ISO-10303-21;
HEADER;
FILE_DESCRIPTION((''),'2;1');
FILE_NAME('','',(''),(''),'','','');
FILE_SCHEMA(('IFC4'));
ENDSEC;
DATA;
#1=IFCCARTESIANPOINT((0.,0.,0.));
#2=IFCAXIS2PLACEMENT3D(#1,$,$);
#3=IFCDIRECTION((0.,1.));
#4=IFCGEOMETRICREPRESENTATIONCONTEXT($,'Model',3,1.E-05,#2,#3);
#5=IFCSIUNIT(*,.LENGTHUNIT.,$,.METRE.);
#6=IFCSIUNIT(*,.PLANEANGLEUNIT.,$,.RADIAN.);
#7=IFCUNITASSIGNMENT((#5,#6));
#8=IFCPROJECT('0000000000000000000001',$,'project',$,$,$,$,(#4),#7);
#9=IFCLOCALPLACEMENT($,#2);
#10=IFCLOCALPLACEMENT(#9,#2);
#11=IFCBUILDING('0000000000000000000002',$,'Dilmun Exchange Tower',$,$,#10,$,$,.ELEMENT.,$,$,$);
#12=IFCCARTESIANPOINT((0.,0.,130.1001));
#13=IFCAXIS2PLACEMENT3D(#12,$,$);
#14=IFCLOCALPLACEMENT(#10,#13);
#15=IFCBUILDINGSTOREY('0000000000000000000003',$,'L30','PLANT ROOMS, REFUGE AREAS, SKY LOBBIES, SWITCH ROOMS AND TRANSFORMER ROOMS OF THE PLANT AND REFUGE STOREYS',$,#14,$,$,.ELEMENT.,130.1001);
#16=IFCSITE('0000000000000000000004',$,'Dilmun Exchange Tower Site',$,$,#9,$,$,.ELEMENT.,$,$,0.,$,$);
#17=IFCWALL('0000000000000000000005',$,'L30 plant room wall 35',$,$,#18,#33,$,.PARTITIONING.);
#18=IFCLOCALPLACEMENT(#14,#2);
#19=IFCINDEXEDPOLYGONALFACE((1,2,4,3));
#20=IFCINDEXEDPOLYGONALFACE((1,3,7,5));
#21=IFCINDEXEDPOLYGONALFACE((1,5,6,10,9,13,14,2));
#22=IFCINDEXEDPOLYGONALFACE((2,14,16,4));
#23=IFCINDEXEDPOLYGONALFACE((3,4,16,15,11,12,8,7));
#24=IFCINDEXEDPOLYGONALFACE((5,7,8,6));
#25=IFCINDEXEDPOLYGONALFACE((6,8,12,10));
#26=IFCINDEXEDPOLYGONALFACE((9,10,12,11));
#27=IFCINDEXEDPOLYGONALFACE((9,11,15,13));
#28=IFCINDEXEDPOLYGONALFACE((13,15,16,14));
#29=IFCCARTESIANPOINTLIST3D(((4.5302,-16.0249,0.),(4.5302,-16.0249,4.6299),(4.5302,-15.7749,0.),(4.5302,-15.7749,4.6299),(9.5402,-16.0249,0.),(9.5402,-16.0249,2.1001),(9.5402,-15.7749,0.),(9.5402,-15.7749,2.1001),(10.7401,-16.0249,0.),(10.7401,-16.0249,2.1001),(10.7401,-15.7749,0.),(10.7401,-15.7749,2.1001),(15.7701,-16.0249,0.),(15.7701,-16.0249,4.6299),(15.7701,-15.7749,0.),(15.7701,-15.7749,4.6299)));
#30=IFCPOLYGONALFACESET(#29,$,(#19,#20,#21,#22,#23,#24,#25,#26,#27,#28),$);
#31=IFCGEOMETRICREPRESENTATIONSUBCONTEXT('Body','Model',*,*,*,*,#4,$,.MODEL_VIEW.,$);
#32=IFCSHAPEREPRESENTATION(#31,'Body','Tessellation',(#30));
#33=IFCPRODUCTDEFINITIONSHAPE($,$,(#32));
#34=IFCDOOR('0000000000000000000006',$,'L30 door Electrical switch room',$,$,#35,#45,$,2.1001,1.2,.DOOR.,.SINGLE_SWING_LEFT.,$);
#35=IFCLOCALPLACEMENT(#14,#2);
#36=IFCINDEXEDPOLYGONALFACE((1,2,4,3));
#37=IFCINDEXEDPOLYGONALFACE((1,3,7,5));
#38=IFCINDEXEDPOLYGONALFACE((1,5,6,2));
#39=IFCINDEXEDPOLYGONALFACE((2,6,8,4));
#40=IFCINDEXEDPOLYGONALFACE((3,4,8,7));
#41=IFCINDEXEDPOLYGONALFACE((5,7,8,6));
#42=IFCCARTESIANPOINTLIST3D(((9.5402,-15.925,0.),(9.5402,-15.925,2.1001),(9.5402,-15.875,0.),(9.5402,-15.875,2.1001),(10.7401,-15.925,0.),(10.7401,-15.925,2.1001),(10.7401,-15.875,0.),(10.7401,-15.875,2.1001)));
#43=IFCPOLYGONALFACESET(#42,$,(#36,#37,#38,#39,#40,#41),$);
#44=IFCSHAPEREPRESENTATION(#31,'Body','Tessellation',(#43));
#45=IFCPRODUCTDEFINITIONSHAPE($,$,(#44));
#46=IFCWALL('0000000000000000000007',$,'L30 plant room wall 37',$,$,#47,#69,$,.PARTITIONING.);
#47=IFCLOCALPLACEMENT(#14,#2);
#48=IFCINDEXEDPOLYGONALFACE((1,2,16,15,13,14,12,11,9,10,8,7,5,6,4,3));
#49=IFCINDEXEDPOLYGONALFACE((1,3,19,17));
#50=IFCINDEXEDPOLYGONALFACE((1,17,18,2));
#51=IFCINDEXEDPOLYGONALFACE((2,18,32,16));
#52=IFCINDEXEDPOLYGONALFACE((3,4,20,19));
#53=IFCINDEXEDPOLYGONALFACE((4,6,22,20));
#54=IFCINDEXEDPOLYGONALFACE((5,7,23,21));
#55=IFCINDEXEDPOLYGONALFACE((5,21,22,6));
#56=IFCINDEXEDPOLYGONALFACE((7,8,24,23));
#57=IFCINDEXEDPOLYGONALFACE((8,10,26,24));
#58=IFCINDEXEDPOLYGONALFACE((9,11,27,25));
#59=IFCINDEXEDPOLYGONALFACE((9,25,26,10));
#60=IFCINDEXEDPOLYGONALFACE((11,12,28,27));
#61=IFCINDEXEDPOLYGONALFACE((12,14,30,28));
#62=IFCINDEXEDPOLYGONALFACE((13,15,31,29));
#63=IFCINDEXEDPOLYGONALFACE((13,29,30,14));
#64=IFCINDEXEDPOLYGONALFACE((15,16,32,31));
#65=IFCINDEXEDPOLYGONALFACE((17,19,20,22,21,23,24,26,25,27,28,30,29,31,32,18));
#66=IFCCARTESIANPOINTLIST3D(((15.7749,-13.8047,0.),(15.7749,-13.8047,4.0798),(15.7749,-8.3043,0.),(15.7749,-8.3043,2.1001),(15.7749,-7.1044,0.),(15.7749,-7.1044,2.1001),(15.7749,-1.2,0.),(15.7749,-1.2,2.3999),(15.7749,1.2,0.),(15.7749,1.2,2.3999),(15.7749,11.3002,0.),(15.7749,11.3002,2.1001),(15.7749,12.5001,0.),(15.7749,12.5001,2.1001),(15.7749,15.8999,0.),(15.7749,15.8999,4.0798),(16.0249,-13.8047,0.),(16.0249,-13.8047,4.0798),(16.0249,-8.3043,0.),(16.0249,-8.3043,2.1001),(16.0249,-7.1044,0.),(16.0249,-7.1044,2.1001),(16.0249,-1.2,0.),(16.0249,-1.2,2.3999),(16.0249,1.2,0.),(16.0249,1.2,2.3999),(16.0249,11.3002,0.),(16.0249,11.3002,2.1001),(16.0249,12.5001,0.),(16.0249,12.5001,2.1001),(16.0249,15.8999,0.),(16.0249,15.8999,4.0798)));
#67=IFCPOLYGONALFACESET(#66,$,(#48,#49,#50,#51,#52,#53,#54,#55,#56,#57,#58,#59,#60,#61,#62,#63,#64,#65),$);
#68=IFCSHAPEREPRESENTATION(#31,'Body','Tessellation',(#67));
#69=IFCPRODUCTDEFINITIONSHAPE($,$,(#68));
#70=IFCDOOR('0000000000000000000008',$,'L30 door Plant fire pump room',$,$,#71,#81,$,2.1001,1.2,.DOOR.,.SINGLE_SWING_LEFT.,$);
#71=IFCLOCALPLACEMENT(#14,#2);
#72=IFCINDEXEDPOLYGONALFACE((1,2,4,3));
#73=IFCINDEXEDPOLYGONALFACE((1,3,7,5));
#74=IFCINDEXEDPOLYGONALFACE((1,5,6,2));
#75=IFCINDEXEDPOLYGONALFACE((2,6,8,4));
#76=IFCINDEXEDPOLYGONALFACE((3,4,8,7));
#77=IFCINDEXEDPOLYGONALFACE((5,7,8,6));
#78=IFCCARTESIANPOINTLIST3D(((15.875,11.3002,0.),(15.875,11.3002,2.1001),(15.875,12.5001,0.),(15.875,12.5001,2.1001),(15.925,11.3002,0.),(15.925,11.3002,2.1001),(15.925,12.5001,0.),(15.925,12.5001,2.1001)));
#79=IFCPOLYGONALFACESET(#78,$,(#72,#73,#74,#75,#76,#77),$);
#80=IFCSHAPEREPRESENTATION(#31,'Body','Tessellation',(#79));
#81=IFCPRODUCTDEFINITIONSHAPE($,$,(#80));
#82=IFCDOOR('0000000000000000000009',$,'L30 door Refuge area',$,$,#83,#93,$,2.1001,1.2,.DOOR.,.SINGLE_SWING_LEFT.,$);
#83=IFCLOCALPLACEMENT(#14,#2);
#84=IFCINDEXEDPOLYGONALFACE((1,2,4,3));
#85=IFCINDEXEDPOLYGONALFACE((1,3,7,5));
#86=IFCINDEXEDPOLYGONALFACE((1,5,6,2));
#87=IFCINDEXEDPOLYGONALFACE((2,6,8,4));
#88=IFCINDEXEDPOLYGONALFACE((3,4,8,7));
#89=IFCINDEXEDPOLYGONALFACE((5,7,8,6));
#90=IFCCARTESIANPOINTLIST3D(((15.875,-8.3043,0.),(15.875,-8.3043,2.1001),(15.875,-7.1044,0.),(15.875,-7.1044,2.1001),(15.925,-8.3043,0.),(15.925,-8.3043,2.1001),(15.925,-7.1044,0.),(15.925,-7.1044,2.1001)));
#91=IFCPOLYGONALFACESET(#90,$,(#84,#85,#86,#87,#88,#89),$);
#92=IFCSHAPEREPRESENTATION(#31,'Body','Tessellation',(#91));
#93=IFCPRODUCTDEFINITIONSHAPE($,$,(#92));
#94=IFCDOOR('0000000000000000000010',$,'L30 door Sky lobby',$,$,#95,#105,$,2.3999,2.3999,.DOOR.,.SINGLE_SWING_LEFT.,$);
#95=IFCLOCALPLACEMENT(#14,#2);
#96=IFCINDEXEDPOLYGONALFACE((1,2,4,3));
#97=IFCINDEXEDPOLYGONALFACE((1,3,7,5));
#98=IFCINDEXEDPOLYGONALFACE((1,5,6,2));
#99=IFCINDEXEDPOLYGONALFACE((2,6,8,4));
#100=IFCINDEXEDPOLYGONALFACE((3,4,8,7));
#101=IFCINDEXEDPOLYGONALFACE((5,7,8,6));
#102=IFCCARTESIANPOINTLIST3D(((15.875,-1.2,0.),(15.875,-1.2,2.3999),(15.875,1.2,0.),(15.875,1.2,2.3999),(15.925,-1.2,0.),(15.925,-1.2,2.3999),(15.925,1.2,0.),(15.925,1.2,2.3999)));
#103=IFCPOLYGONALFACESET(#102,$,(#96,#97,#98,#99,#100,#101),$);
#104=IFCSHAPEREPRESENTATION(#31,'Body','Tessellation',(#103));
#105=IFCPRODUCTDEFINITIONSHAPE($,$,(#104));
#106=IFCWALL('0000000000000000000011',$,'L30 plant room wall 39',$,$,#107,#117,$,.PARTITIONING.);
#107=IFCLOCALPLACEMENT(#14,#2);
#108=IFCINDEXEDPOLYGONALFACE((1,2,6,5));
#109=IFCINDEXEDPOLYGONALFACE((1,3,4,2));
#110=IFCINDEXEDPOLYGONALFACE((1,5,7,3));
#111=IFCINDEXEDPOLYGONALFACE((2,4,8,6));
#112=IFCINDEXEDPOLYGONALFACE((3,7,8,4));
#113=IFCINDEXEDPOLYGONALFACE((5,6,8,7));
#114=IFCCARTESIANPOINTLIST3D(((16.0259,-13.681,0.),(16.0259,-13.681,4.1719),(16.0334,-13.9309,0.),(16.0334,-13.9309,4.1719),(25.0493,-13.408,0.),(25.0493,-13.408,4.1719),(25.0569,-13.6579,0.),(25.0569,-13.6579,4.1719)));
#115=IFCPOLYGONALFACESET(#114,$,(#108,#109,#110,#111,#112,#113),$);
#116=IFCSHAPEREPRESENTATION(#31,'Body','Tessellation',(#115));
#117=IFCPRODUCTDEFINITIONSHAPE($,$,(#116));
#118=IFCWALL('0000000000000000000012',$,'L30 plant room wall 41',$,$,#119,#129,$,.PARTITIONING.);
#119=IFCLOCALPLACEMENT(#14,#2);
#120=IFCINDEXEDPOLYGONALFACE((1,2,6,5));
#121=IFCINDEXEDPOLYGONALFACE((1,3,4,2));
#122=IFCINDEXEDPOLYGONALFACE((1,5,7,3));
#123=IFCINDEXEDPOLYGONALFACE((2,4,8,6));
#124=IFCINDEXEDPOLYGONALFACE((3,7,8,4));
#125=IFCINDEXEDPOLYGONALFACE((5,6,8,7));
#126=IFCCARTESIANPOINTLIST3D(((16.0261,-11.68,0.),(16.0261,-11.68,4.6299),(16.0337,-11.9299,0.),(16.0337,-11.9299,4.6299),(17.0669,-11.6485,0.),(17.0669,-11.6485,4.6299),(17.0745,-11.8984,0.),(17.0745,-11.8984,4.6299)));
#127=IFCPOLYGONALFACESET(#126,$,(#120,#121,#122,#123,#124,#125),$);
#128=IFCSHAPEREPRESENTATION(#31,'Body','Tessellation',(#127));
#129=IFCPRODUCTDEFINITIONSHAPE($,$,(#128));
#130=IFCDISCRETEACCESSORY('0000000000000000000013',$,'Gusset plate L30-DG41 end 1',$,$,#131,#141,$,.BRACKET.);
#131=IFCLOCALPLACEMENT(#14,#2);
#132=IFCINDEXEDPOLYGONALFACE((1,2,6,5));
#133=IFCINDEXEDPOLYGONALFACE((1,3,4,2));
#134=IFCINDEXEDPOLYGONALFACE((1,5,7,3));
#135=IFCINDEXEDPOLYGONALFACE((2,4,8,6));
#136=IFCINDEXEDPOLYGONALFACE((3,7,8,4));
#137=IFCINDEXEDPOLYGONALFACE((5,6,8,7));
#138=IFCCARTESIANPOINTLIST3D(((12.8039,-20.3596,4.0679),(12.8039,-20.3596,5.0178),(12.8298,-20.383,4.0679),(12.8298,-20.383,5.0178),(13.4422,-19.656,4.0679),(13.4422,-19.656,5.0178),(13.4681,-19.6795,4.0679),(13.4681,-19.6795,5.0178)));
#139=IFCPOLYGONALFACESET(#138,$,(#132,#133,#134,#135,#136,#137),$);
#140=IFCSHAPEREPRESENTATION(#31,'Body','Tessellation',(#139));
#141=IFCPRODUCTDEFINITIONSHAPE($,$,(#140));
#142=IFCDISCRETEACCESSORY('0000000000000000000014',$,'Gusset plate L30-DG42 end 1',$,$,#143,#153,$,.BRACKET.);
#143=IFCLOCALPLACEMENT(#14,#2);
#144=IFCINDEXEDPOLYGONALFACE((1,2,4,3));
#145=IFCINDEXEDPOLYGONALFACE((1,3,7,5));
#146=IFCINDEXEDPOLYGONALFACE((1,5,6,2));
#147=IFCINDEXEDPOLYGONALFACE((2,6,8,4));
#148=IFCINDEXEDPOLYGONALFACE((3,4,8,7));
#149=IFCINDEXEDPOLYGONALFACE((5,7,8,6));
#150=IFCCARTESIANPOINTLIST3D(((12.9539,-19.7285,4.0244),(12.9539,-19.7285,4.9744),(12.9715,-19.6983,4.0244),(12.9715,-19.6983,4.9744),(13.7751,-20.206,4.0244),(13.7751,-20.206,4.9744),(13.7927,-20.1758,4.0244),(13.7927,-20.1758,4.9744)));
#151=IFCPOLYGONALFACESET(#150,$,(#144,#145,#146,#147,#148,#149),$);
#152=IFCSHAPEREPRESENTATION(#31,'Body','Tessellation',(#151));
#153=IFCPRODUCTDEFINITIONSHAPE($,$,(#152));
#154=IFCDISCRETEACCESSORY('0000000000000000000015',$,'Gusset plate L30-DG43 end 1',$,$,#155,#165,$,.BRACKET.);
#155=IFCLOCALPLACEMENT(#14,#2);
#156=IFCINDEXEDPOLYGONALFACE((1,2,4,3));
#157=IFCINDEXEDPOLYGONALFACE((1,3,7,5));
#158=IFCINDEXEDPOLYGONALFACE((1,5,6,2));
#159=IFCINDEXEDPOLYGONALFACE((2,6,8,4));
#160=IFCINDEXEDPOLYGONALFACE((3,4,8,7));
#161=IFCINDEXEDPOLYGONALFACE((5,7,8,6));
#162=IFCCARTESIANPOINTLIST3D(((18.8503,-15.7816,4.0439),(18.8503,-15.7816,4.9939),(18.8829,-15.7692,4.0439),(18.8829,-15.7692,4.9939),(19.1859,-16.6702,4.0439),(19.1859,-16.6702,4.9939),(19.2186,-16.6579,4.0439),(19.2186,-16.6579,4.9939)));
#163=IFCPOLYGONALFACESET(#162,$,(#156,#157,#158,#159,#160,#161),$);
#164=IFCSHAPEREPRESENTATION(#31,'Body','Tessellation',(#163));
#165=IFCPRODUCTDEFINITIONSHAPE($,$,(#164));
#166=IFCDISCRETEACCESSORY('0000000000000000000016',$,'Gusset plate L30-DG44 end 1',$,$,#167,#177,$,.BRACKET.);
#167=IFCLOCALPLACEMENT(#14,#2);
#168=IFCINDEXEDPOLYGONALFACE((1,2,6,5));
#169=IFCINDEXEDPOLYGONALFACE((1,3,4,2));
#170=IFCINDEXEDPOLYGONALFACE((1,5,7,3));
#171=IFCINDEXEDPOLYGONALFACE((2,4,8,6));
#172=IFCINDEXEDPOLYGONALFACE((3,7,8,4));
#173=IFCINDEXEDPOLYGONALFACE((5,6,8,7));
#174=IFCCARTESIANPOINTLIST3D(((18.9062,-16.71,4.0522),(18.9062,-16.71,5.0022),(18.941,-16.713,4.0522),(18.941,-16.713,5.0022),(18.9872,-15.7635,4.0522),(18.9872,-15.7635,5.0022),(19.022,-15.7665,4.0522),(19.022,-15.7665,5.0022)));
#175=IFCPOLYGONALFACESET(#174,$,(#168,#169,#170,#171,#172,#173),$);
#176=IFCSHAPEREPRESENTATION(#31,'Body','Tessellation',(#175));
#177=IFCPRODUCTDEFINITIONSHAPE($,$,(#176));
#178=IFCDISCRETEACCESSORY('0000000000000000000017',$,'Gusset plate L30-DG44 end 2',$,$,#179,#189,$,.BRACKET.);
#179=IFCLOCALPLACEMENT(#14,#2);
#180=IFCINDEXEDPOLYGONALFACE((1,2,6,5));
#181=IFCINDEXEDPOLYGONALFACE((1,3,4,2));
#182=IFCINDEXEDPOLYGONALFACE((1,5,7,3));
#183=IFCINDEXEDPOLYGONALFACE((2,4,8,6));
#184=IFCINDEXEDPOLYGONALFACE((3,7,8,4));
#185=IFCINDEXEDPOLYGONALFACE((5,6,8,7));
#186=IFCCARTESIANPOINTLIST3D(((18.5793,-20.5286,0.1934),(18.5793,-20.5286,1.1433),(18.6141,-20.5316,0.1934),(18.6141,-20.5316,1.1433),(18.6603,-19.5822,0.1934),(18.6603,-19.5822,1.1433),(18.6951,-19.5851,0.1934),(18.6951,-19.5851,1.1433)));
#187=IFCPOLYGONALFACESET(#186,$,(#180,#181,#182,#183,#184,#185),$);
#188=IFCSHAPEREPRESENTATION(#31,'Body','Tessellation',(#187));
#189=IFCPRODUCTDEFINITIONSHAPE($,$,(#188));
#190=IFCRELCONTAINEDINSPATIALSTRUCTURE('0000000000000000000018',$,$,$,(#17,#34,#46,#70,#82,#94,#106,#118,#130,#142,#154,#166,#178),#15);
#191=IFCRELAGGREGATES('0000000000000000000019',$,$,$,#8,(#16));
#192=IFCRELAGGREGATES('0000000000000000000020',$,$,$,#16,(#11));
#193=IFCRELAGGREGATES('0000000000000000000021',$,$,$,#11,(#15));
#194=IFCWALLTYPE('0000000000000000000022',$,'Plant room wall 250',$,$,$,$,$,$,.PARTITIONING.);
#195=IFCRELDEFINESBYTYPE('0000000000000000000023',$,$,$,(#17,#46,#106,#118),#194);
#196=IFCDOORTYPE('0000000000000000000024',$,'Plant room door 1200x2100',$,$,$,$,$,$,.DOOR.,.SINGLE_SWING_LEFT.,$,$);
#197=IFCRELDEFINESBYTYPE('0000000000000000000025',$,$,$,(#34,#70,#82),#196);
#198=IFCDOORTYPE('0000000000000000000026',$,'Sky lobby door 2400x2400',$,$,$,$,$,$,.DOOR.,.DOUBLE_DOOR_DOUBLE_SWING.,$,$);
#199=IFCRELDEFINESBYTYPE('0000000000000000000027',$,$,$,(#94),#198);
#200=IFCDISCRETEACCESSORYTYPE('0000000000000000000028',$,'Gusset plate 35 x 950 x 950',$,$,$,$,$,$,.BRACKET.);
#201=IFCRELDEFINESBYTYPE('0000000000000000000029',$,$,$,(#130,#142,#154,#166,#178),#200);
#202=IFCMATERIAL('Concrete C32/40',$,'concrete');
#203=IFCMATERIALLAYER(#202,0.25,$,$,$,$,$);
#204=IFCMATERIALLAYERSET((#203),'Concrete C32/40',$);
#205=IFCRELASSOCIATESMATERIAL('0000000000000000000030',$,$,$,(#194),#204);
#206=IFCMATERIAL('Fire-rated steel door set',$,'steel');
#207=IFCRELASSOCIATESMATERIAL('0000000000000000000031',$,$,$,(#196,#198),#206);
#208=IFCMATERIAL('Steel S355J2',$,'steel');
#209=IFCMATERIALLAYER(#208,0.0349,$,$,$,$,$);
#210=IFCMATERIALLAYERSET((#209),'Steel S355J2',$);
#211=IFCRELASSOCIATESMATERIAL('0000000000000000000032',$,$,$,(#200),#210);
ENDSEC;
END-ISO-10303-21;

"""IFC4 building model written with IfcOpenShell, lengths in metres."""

from ifc_helpers import new_model, si_unit, direction, frame, frame_2d, origin, origin_2d, place, context, subcontext, project, spatial, rectangle, extrude, material, layer, layer_set, type_object, element, fill, save


model = new_model("IFC4")

# Units and contexts
model_context = context("Model", 3, precision=1e-05, world=origin(), true_north=direction((0.0, 1.0)))
body_context = subcontext(model_context, "Body", "Model", "MODEL_VIEW")
ifc_project = project(units=[si_unit("LENGTHUNIT", "METRE"), si_unit("PLANEANGLEUNIT", "RADIAN")], contexts=[model_context])

# Site, building, storey
site_placement = place(None, origin())
site = spatial("IfcSite", under=ifc_project, at=site_placement, Name="Dilmun Exchange Tower Site", CompositionType="ELEMENT", RefElevation=0.0)
building_placement = place(site_placement, origin())
building = spatial("IfcBuilding", under=site, at=building_placement, Name="Dilmun Exchange Tower", CompositionType="ELEMENT")
storey_placement = place(building_placement, frame((0.0, 0.0, 130.1001)))
storey = spatial("IfcBuildingStorey", under=building, at=storey_placement, Name="L30", Description="PLANT ROOMS, REFUGE AREAS, SKY LOBBIES, SWITCH ROOMS AND TRANSFORMER ROOMS OF THE PLANT AND REFUGE STOREYS", CompositionType="ELEMENT", Elevation=130.1001)

# Shared definitions
ifc_material_1 = material(Name="Concrete C32/40", Category="concrete")
ifc_layer_1 = layer(ifc_material_1, 0.25)
ifc_layer_set_1 = layer_set([ifc_layer_1], Name="Concrete C32/40")
wall_type = type_object("IfcWallType", Name="Plant room wall 250", PredefinedType="PARTITIONING", material=ifc_layer_set_1)
ifc_material_2 = material(Name="Fire-rated steel door set", Category="steel")

# Wall, opening, door
wall_1_placement = place(storey_placement, frame((4.53, -15.8999, 0.0), z_axis=(0.0, 0.0, 1.0), x_axis=(1.0, 0.0, 0.0)))
wall_1 = element("IfcWall", 1, at=wall_1_placement, inside=storey, type_object=wall_type, Name="L30 plant room wall 35", PredefinedType="PARTITIONING", context=body_context, shape_type="SweptSolid", body=[
    extrude(rectangle(XDim=11.24, YDim=0.25, at=frame_2d((5.6201, 0.0))), origin(), (0.0, 0.0, 1.0), 4.6299),
])
opening_1_placement = place(wall_1_placement, frame((5.01, 0.0, 0.0)))
opening_1 = element("IfcOpeningElement", 2, at=opening_1_placement, cuts=wall_1, PredefinedType="OPENING", context=body_context, shape_type="SweptSolid", body=[
    extrude(rectangle(XDim=1.2, YDim=2.1001, at=frame_2d((0.6001, 1.05))), frame((0.0, 0.135, 0.0), z_axis=(0.0, -1.0, 0.0), x_axis=(1.0, 0.0, 0.0)), (0.0, 0.0, 1.0), 0.27),
])
door_type_1 = type_object("IfcDoorType", Name="Plant room door 1200x2100", OperationType="SINGLE_SWING_LEFT", PredefinedType="DOOR", material=ifc_material_2)
door_1_placement = place(opening_1_placement, origin())
door_1 = element("IfcDoor", 3, at=door_1_placement, inside=storey, type_object=door_type_1, Name="L30 door Electrical switch room", OperationType="SINGLE_SWING_LEFT", OverallHeight=2.1001, OverallWidth=1.2, PredefinedType="DOOR", context=body_context, shape_type="SweptSolid", body=[
    extrude(rectangle(XDim=1.2, YDim=2.1001, at=frame_2d((0.6001, 1.05))), frame((0.0, 0.0249, 0.0), z_axis=(0.0, -1.0, 0.0), x_axis=(1.0, 0.0, 0.0)), (0.0, 0.0, 1.0), 0.05),
])
fill(opening_1, door_1)

# Wall, openings, doors
wall_2_placement = place(storey_placement, frame((15.8999, -13.8047, 0.0), z_axis=(0.0, 0.0, 1.0), x_axis=(0.0, 1.0, 0.0)))
wall_2 = element("IfcWall", 4, at=wall_2_placement, inside=storey, type_object=wall_type, Name="L30 plant room wall 37", PredefinedType="PARTITIONING", context=body_context, shape_type="SweptSolid", body=[
    extrude(rectangle(XDim=29.7046, YDim=0.25, at=frame_2d((14.8523, 0.0))), origin(), (0.0, 0.0, 1.0), 4.0798),
])
opening_2_placement = place(wall_2_placement, frame((25.1047, 0.0, 0.0)))
opening_2 = element("IfcOpeningElement", 5, at=opening_2_placement, cuts=wall_2, PredefinedType="OPENING", context=body_context, shape_type="SweptSolid", body=[
    extrude(rectangle(XDim=1.2, YDim=2.1001, at=frame_2d((0.6001, 1.05))), frame((0.0, 0.135, 0.0), z_axis=(0.0, -1.0, 0.0), x_axis=(1.0, 0.0, 0.0)), (0.0, 0.0, 1.0), 0.27),
])
opening_3_placement = place(wall_2_placement, frame((12.6047, 0.0, 0.0)))
opening_3 = element("IfcOpeningElement", 6, at=opening_3_placement, cuts=wall_2, PredefinedType="OPENING", context=body_context, shape_type="SweptSolid", body=[
    extrude(rectangle(XDim=2.3999, YDim=2.3999, at=frame_2d((1.2, 1.2))), frame((0.0, 0.135, 0.0), z_axis=(0.0, -1.0, 0.0), x_axis=(1.0, 0.0, 0.0)), (0.0, 0.0, 1.0), 0.27),
])
opening_4_placement = place(wall_2_placement, frame((5.5002, 0.0, 0.0)))
opening_4 = element("IfcOpeningElement", 7, at=opening_4_placement, cuts=wall_2, PredefinedType="OPENING", context=body_context, shape_type="SweptSolid", body=[
    extrude(rectangle(XDim=1.2, YDim=2.1001, at=frame_2d((0.6001, 1.05))), frame((0.0, 0.135, 0.0), z_axis=(0.0, -1.0, 0.0), x_axis=(1.0, 0.0, 0.0)), (0.0, 0.0, 1.0), 0.27),
])
door_2_placement = place(opening_2_placement, origin())
door_2 = element("IfcDoor", 8, at=door_2_placement, inside=storey, type_object=door_type_1, Name="L30 door Plant fire pump room", OperationType="SINGLE_SWING_LEFT", OverallHeight=2.1001, OverallWidth=1.2, PredefinedType="DOOR", context=body_context, shape_type="SweptSolid", body=[
    extrude(rectangle(XDim=1.2, YDim=2.1001, at=frame_2d((0.6001, 1.05))), frame((0.0, 0.0249, 0.0), z_axis=(0.0, -1.0, 0.0), x_axis=(1.0, 0.0, 0.0)), (0.0, 0.0, 1.0), 0.05),
])
fill(opening_2, door_2)
door_3_placement = place(opening_4_placement, origin())
door_3 = element("IfcDoor", 9, at=door_3_placement, inside=storey, type_object=door_type_1, Name="L30 door Refuge area", OperationType="SINGLE_SWING_LEFT", OverallHeight=2.1001, OverallWidth=1.2, PredefinedType="DOOR", context=body_context, shape_type="SweptSolid", body=[
    extrude(rectangle(XDim=1.2, YDim=2.1001, at=frame_2d((0.6001, 1.05))), frame((0.0, 0.0249, 0.0), z_axis=(0.0, -1.0, 0.0), x_axis=(1.0, 0.0, 0.0)), (0.0, 0.0, 1.0), 0.05),
])
fill(opening_4, door_3)
door_type_2 = type_object("IfcDoorType", Name="Sky lobby door 2400x2400", OperationType="DOUBLE_DOOR_DOUBLE_SWING", PredefinedType="DOOR", material=ifc_material_2)
door_4_placement = place(opening_3_placement, origin())
door_4 = element("IfcDoor", 10, at=door_4_placement, inside=storey, type_object=door_type_2, Name="L30 door Sky lobby", OperationType="SINGLE_SWING_LEFT", OverallHeight=2.3999, OverallWidth=2.3999, PredefinedType="DOOR", context=body_context, shape_type="SweptSolid", body=[
    extrude(rectangle(XDim=2.3999, YDim=2.3999, at=frame_2d((1.2, 1.2))), frame((0.0, 0.0249, 0.0), z_axis=(0.0, -1.0, 0.0), x_axis=(1.0, 0.0, 0.0)), (0.0, 0.0, 1.0), 0.05),
])
fill(opening_3, door_4)

# Walls
wall_3_placement = place(storey_placement, frame((16.0298, -13.8059, 0.0), z_axis=(0.0, 0.0, 1.0), x_axis=(0.999543, 0.030235, 0.0)))
element("IfcWall", 11, at=wall_3_placement, inside=storey, type_object=wall_type, Name="L30 plant room wall 39", PredefinedType="PARTITIONING", context=body_context, shape_type="SweptSolid", body=[
    extrude(rectangle(XDim=9.0276, YDim=0.25, at=frame_2d((4.5137, 0.0))), origin(), (0.0, 0.0, 1.0), 4.1719),
])
wall_4_placement = place(storey_placement, frame((16.03, -11.8049, 0.0), z_axis=(0.0, 0.0, 1.0), x_axis=(0.999542, 0.030247, 0.0)))
element("IfcWall", 12, at=wall_4_placement, inside=storey, type_object=wall_type, Name="L30 plant room wall 41", PredefinedType="PARTITIONING", context=body_context, shape_type="SweptSolid", body=[
    extrude(rectangle(XDim=1.0413, YDim=0.25, at=frame_2d((0.5205, 0.0))), origin(), (0.0, 0.0, 1.0), 4.6299),
])

# Discrete accessories
ifc_material_3 = material(Name="Steel S355J2", Category="steel")
ifc_layer_2 = layer(ifc_material_3, 0.0349)
ifc_layer_set_2 = layer_set([ifc_layer_2], Name="Steel S355J2")
discrete_accessory_type = type_object("IfcDiscreteAccessoryType", Name="Gusset plate 35 x 950 x 950", PredefinedType="BRACKET", material=ifc_layer_set_2)
for number, where, z_axis, x_axis, name in (
    (13, (13.136, -20.0195, 4.0679), (0.0, 0.0, 1.0), (-0.671939, -0.740606, 0.0), "Gusset plate L30-DG41 end 1"),
    (14, (13.3733, -19.9521, 4.0244), (0.0, 0.0, 1.0), (0.864463, -0.502697, 0.0), "Gusset plate L30-DG42 end 1"),
    (15, (19.0344, -16.2197, 4.0439), (0.0, 0.0, 1.0), (0.353367, -0.935485, 0.0), "Gusset plate L30-DG43 end 1"),
    (16, (18.9641, -16.2383, 4.0522), (0.0, 0.0, 1.0), (-0.085328, -0.996353, 0.0), "Gusset plate L30-DG44 end 1"),
    (17, (18.6372, -20.0569, 0.1934), (0.0, 0.0, 1.0), (-0.085328, -0.996353, 0.0), "Gusset plate L30-DG44 end 2"),
):
    element("IfcDiscreteAccessory", number, at=place(storey_placement, frame(where, z_axis=z_axis, x_axis=x_axis)), inside=storey, type_object=discrete_accessory_type, Name=name, PredefinedType="BRACKET", context=body_context, shape_type="SweptSolid", body=[
        extrude(rectangle(XDim=0.95, YDim=0.0349, at=origin_2d()), origin(), (0.0, 0.0, 1.0), 0.95),
    ])

save(model, "model.ifc")
